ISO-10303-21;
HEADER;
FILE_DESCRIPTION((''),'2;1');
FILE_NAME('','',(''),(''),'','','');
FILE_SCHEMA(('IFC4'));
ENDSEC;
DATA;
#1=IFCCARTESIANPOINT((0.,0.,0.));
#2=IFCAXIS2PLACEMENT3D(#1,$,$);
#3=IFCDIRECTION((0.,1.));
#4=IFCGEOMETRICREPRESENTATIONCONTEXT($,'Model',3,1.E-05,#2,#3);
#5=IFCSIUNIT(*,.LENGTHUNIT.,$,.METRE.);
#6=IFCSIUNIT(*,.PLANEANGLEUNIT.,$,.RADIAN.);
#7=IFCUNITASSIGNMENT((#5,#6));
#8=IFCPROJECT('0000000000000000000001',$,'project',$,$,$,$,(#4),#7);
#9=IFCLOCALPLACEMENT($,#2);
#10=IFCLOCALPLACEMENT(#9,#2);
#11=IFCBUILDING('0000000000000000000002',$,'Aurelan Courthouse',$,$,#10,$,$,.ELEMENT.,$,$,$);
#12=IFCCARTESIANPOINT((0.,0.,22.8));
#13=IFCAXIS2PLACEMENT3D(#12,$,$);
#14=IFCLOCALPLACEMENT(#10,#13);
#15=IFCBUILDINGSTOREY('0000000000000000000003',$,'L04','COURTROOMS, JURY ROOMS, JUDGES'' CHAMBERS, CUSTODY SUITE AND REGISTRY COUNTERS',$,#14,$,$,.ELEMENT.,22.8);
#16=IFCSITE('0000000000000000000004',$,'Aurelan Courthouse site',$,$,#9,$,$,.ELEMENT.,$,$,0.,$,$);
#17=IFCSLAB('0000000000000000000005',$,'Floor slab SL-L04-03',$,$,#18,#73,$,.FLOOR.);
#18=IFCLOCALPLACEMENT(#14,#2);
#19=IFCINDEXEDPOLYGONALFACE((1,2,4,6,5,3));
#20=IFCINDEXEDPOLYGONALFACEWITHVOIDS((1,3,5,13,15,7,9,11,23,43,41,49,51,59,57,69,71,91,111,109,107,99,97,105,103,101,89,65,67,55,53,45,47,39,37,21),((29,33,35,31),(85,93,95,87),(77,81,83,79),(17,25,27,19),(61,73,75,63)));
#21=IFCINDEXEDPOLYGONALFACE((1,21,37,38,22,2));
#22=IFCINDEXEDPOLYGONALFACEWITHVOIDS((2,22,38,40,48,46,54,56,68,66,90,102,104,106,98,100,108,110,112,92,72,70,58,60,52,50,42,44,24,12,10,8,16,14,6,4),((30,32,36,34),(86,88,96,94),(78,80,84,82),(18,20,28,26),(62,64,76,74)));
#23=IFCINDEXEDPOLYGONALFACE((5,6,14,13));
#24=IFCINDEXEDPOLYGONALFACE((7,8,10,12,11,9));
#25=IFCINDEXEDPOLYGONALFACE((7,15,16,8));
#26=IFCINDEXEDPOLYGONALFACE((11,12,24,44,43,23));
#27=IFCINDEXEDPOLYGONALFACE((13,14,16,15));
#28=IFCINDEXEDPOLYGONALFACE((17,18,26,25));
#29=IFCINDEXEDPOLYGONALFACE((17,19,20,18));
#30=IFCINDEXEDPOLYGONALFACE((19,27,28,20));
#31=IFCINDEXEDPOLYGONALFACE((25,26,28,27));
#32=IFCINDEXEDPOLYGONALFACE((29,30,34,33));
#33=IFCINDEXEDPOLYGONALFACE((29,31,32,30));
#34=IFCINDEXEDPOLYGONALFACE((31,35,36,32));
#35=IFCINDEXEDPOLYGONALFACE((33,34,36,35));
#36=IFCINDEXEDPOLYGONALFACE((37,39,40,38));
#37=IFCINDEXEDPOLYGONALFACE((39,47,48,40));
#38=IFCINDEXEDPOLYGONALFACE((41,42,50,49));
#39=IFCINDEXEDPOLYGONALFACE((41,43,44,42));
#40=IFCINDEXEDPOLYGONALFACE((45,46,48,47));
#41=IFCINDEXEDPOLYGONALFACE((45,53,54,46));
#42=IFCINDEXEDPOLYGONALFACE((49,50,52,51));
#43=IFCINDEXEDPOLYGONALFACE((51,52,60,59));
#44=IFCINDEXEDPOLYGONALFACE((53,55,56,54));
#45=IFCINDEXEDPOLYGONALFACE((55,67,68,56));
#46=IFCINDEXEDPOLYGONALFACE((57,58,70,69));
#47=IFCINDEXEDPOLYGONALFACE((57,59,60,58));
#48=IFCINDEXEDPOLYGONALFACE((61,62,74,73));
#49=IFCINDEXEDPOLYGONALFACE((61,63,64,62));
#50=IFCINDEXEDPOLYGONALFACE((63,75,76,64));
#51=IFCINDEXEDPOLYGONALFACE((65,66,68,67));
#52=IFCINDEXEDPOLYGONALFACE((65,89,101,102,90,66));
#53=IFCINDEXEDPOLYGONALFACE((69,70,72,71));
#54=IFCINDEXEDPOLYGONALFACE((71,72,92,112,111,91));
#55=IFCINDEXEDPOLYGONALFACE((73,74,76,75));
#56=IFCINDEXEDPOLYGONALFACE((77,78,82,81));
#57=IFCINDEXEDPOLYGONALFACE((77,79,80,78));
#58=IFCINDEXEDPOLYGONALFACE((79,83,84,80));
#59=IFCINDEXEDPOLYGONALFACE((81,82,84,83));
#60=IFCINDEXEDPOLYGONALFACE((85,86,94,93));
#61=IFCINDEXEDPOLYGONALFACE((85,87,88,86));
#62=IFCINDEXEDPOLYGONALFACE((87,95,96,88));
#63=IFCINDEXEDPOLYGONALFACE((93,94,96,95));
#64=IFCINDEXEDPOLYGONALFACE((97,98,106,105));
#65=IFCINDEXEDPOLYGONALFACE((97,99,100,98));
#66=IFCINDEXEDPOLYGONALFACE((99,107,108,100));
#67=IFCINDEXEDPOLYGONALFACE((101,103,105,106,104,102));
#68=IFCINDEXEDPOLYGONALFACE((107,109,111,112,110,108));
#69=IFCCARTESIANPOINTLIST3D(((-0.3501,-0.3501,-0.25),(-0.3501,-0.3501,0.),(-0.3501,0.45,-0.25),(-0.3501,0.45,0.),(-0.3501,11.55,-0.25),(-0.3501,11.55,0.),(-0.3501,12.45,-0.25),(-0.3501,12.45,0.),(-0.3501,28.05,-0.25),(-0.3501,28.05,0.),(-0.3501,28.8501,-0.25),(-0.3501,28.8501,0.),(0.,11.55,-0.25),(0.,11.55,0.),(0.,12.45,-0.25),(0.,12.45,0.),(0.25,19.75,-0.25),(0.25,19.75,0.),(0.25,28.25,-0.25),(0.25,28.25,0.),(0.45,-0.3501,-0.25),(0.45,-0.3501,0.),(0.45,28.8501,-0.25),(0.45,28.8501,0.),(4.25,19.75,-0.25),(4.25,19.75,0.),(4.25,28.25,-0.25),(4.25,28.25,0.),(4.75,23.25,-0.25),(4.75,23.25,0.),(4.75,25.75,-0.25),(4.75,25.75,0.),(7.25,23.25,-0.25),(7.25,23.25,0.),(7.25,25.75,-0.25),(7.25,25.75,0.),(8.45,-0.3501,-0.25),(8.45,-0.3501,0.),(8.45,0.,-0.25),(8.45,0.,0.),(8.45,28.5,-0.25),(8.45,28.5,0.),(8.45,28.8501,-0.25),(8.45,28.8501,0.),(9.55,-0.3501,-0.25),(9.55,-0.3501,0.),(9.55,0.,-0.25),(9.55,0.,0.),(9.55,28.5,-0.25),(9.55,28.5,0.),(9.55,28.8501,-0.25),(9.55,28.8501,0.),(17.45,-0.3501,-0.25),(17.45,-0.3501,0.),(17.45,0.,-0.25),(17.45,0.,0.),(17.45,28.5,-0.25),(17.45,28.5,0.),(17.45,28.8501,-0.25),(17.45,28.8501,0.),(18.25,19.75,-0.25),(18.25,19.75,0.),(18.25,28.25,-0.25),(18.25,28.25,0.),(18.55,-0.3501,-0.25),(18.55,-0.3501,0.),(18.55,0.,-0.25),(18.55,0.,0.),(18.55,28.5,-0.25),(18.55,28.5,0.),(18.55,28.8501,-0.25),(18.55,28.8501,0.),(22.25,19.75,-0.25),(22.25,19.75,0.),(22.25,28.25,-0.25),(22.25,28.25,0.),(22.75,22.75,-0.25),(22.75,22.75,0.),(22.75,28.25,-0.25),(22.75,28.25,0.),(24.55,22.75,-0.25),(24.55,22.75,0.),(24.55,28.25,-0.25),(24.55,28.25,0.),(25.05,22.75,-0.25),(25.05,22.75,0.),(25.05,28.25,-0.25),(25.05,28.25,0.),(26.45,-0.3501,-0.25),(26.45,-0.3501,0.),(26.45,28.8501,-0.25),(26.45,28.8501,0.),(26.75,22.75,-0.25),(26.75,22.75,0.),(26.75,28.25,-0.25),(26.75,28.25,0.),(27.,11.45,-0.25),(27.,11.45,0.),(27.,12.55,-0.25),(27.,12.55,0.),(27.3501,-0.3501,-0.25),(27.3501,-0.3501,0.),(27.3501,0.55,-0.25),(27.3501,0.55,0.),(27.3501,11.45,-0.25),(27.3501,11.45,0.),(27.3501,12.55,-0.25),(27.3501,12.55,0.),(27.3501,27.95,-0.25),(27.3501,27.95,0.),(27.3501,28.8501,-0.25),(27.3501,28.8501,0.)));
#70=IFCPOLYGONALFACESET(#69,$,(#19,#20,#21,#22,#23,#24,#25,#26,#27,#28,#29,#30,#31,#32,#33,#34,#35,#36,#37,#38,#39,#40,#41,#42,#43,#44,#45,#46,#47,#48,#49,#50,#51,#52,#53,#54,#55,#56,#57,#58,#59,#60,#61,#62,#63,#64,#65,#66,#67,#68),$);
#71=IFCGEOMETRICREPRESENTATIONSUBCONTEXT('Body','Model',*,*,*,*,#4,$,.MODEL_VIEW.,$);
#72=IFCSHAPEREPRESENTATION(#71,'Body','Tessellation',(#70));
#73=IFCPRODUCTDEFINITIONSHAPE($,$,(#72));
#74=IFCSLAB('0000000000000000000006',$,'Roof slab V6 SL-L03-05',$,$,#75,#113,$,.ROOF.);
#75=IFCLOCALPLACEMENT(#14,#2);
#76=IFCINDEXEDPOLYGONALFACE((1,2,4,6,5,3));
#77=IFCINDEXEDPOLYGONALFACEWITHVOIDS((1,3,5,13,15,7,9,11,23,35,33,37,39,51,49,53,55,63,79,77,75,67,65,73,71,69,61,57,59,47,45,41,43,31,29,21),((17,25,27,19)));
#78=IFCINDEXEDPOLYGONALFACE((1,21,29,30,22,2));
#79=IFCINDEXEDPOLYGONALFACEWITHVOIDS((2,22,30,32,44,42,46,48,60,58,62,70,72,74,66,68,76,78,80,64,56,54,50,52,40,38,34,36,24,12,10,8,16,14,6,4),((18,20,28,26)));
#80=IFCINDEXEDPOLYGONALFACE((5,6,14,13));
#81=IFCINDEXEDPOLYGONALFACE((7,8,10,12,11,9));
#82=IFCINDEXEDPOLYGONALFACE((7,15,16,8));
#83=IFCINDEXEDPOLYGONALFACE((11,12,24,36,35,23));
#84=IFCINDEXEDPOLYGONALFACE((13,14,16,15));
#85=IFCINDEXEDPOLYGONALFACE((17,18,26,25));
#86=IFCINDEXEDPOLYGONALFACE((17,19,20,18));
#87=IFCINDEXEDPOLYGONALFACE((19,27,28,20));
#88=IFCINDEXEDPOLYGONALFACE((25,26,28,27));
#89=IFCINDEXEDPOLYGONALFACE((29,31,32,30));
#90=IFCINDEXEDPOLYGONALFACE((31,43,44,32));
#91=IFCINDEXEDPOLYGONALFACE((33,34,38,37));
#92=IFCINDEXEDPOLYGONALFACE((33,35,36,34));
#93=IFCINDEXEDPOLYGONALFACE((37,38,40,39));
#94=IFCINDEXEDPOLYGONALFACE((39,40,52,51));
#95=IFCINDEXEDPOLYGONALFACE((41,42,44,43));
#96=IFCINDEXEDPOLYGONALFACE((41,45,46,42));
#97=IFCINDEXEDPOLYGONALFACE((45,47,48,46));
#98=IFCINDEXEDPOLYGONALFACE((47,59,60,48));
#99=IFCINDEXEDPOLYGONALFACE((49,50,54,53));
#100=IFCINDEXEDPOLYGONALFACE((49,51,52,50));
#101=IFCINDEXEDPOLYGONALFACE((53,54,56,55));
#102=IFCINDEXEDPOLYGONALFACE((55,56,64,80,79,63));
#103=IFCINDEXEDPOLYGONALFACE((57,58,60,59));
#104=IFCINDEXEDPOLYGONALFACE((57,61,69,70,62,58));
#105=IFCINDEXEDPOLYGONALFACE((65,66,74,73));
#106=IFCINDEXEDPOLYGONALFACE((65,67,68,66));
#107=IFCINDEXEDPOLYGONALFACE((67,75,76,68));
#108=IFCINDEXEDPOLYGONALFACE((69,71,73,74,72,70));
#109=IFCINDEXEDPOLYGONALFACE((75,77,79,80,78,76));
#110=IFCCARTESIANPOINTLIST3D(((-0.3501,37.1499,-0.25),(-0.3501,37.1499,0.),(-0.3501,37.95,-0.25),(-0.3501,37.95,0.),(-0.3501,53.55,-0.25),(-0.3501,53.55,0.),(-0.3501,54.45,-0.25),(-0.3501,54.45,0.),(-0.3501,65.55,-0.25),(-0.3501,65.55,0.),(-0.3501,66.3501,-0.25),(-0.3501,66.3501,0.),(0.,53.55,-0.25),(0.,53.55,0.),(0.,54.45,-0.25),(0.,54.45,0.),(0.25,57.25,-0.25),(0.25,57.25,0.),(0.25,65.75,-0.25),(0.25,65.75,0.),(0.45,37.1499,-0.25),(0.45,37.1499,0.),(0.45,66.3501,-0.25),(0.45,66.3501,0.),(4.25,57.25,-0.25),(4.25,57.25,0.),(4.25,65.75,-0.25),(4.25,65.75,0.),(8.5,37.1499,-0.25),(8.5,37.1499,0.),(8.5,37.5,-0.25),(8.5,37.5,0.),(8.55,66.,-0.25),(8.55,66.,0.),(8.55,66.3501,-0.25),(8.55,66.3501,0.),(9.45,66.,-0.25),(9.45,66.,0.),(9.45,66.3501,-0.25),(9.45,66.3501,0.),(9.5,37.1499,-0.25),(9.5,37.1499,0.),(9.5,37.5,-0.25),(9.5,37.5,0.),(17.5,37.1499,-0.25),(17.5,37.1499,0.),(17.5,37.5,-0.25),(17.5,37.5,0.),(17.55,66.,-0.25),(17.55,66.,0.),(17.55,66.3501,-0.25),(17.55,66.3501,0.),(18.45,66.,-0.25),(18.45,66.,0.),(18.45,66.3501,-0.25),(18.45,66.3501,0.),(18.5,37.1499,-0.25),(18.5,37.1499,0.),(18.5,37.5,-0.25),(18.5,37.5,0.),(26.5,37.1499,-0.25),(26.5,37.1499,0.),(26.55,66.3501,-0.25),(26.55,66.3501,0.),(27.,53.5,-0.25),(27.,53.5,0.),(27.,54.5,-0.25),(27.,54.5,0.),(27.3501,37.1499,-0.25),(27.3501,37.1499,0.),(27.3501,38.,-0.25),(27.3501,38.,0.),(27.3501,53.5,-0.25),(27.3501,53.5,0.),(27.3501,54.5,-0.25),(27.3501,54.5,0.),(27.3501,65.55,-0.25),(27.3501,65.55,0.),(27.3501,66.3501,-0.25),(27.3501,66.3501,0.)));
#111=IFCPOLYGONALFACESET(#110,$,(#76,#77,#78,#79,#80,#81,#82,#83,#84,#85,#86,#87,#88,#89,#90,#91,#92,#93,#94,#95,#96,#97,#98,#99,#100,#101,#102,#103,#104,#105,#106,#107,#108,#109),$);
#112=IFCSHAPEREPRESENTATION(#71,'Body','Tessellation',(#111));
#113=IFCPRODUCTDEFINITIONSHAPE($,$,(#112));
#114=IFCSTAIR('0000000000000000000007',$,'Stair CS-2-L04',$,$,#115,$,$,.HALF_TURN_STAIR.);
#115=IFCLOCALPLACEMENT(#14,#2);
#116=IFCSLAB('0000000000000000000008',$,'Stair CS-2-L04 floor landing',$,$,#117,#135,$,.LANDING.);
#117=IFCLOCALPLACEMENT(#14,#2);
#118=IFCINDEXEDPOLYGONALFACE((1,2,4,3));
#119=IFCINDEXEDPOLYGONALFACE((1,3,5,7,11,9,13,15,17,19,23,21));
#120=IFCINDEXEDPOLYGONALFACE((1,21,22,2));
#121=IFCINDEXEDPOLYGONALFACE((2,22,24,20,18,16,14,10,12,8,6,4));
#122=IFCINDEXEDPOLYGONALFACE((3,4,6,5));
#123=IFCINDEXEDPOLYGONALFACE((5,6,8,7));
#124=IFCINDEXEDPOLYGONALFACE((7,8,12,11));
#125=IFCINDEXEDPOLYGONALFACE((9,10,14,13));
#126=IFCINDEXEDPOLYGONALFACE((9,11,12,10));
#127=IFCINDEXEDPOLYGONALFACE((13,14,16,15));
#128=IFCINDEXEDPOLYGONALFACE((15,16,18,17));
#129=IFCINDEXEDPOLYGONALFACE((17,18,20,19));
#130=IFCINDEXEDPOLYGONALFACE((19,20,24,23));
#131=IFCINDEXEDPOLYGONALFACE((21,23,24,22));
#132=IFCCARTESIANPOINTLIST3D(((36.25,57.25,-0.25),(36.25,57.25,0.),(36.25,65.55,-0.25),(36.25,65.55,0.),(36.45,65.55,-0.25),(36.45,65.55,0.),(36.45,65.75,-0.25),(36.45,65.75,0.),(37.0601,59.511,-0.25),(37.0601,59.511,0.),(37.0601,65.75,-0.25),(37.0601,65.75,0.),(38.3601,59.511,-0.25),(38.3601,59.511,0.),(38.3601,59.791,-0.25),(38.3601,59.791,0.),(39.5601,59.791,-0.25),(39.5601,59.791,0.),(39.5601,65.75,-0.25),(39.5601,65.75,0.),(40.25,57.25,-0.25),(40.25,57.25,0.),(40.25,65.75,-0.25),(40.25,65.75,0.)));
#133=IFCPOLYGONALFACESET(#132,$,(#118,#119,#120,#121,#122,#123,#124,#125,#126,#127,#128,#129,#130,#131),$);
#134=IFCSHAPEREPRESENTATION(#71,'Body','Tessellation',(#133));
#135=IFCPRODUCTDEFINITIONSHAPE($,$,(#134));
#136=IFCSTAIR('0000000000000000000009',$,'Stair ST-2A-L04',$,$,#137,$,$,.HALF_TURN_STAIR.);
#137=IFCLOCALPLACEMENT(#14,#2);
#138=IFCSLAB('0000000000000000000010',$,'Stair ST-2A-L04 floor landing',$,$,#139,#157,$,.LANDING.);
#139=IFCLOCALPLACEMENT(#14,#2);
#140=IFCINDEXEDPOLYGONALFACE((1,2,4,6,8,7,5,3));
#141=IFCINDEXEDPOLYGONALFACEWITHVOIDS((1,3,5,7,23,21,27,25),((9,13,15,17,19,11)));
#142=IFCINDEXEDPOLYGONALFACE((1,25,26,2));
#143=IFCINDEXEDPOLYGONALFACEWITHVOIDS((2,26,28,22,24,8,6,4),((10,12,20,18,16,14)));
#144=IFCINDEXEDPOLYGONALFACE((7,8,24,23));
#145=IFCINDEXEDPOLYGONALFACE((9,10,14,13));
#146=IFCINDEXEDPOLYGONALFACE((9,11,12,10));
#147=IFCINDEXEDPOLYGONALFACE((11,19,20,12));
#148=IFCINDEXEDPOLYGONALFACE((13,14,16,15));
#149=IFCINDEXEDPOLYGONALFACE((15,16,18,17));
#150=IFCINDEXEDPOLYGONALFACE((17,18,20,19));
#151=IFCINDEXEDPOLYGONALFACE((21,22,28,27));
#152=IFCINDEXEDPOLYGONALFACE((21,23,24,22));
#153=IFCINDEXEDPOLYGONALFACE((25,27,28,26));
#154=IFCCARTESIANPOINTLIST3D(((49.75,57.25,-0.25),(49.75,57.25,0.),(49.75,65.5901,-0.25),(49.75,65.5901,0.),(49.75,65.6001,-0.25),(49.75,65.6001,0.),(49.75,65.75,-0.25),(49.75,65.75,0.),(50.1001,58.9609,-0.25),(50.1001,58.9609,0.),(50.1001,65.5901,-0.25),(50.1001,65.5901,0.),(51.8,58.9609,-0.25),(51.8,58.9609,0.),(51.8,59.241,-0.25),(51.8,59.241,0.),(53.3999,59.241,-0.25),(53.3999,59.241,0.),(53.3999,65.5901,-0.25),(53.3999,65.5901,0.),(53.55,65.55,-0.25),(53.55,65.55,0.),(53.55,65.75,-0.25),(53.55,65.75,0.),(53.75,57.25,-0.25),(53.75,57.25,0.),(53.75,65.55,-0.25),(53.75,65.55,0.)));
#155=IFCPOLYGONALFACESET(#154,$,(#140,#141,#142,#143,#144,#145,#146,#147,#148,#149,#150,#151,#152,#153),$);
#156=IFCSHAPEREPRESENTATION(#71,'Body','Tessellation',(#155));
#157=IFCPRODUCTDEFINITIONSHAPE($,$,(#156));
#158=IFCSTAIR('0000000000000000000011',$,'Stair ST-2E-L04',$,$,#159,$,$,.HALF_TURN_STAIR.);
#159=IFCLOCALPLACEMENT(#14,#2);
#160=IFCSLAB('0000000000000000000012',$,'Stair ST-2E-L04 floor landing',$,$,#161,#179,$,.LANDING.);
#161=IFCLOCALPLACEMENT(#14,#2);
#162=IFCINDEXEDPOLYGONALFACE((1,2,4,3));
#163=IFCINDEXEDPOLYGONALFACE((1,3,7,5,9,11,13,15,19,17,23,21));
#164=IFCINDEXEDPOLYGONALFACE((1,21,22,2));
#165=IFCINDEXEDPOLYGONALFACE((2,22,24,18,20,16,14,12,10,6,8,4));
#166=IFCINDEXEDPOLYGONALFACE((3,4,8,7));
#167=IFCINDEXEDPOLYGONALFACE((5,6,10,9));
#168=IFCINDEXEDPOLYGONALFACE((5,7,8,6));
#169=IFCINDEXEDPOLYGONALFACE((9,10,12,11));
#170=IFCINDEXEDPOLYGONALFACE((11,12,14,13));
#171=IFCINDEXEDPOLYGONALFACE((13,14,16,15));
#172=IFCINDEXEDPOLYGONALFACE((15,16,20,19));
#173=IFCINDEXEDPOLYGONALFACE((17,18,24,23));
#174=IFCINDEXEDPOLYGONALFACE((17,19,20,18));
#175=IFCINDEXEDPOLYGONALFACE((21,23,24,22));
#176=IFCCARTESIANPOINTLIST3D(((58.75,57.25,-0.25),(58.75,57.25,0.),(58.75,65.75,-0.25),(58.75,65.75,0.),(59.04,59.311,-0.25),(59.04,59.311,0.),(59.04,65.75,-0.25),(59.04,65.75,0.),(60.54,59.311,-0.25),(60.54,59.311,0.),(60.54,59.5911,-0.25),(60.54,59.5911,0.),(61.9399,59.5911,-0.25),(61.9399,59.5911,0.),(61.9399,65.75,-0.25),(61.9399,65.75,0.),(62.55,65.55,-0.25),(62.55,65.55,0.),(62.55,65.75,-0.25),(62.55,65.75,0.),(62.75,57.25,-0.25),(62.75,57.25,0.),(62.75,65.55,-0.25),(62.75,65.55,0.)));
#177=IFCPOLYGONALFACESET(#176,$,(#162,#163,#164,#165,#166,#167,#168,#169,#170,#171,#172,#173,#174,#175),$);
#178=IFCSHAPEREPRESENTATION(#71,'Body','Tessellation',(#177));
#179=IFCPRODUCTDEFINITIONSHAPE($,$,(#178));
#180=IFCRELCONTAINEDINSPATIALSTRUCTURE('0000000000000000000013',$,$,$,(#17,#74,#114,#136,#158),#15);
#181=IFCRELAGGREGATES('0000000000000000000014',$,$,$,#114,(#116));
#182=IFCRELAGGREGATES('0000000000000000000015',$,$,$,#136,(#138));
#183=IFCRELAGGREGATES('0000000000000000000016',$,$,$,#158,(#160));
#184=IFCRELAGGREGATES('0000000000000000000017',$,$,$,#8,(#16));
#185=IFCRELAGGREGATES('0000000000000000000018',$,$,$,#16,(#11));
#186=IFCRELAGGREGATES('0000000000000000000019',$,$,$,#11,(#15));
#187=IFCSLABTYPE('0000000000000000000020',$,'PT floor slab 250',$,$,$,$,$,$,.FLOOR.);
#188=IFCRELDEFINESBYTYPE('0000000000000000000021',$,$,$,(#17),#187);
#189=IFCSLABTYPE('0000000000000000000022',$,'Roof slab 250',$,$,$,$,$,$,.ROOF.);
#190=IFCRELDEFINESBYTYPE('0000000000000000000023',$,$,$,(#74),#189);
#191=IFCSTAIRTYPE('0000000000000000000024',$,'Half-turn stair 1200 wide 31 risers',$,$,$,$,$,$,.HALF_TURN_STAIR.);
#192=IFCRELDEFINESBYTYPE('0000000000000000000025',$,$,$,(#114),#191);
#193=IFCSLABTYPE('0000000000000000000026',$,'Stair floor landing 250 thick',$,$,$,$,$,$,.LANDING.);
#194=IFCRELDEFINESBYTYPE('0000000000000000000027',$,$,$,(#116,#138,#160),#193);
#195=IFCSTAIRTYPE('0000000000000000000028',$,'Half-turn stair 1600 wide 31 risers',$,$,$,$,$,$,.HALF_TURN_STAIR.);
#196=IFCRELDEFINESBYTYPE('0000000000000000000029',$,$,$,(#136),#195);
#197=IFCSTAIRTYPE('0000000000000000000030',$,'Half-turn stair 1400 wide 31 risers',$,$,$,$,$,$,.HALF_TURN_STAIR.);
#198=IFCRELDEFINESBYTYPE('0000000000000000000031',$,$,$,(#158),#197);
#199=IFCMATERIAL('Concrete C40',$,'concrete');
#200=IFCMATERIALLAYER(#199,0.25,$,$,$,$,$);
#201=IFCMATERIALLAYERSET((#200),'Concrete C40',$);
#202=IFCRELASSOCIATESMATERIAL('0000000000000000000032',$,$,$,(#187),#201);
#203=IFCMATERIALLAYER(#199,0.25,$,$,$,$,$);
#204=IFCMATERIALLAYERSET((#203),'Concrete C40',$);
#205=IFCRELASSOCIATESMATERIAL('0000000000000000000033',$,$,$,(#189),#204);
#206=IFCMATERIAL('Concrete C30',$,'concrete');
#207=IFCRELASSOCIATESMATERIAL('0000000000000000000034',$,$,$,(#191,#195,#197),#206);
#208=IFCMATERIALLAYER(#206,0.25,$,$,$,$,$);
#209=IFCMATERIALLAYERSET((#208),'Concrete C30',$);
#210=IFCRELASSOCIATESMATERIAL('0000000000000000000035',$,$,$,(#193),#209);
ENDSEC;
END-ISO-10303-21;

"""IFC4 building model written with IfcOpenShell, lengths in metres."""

from ifc_helpers import new_model, si_unit, direction, frame, origin, place, context, subcontext, project, spatial, polyline, outline, extrude, material, layer, layer_set, type_object, element, aggregate, save


model = new_model("IFC4")

# Units and contexts
model_context = context("Model", 3, precision=1e-05, world=origin(), true_north=direction((0.0, 1.0)))
body_context = subcontext(model_context, "Body", "Model", "MODEL_VIEW")
ifc_project = project(units=[si_unit("LENGTHUNIT", "METRE"), si_unit("PLANEANGLEUNIT", "RADIAN")], contexts=[model_context])

# Site, building, storey
site_placement = place(None, origin())
site = spatial("IfcSite", under=ifc_project, at=site_placement, Name="Aurelan Courthouse site", CompositionType="ELEMENT", RefElevation=0.0)
building_placement = place(site_placement, origin())
building = spatial("IfcBuilding", under=site, at=building_placement, Name="Aurelan Courthouse", CompositionType="ELEMENT")
storey_placement = place(building_placement, frame((0.0, 0.0, 22.8)))
storey = spatial("IfcBuildingStorey", under=building, at=storey_placement, Name="L04", Description="COURTROOMS, JURY ROOMS, JUDGES' CHAMBERS, CUSTODY SUITE AND REGISTRY COUNTERS", CompositionType="ELEMENT", Elevation=22.8)

# Slabs
ifc_material_1 = material(Name="Concrete C30", Category="concrete")
ifc_material_2 = material(Name="Concrete C40", Category="concrete")
ifc_layer_1 = layer(ifc_material_2, 0.25)
ifc_layer_set_1 = layer_set([ifc_layer_1], Name="Concrete C40")
slab_type_1 = type_object("IfcSlabType", Name="PT floor slab 250", PredefinedType="FLOOR", material=ifc_layer_set_1)
slab_1_placement = place(storey_placement, frame((0.0, 0.0, -0.25)))
element("IfcSlab", 1, at=slab_1_placement, inside=storey, type_object=slab_type_1, Name="Floor slab SL-L04-03", PredefinedType="FLOOR", context=body_context, shape_type="SweptSolid", body=[
    extrude(outline(polyline([(0.0, 12.45), (0.0, 11.55), (-0.3501, 11.55), (-0.3501, 0.45), (-0.3501, -0.3501), (0.45, -0.3501), (8.45, -0.3501), (8.45, 0.0), (9.55, 0.0), (9.55, -0.3501), (17.45, -0.3501), (17.45, 0.0), (18.55, 0.0), (18.55, -0.3501), (26.45, -0.3501), (27.3501, -0.3501), (27.3501, 0.55), (27.3501, 11.45), (27.0, 11.45), (27.0, 12.55), (27.3501, 12.55), (27.3501, 27.95), (27.3501, 28.8501), (26.45, 28.8501), (18.55, 28.8501), (18.55, 28.5), (17.45, 28.5), (17.45, 28.8501), (9.55, 28.8501), (9.55, 28.5), (8.45, 28.5), (8.45, 28.8501), (0.45, 28.8501), (-0.3501, 28.8501), (-0.3501, 28.05), (-0.3501, 12.45), (0.0, 12.45)]), holes=[polyline([(26.75, 28.25), (26.75, 22.75), (25.05, 22.75), (25.05, 28.25), (26.75, 28.25)]), polyline([(22.75, 28.25), (24.55, 28.25), (24.55, 22.75), (22.75, 22.75), (22.75, 28.25)]), polyline([(22.25, 28.25), (22.25, 19.75), (18.25, 19.75), (18.25, 28.25), (22.25, 28.25)]), polyline([(4.75, 23.25), (4.75, 25.75), (7.25, 25.75), (7.25, 23.25), (4.75, 23.25)]), polyline([(4.25, 19.75), (0.25, 19.75), (0.25, 28.25), (4.25, 28.25), (4.25, 19.75)])]), origin(), (0.0, 0.0, 1.0), 0.25),
])
ifc_layer_2 = layer(ifc_material_2, 0.25)
ifc_layer_set_2 = layer_set([ifc_layer_2], Name="Concrete C40")
slab_type_2 = type_object("IfcSlabType", Name="Roof slab 250", PredefinedType="ROOF", material=ifc_layer_set_2)
slab_2_placement = place(storey_placement, frame((0.0, 0.0, -0.25)))
element("IfcSlab", 2, at=slab_2_placement, inside=storey, type_object=slab_type_2, Name="Roof slab V6 SL-L03-05", PredefinedType="ROOF", context=body_context, shape_type="SweptSolid", body=[
    extrude(outline(polyline([(-0.3501, 37.1499), (0.45, 37.1499), (8.5, 37.1499), (8.5, 37.5), (9.5, 37.5), (9.5, 37.1499), (17.5, 37.1499), (17.5, 37.5), (18.5, 37.5), (18.5, 37.1499), (26.5, 37.1499), (27.3501, 37.1499), (27.3501, 38.0), (27.3501, 53.5), (27.0, 53.5), (27.0, 54.5), (27.3501, 54.5), (27.3501, 65.55), (27.3501, 66.3501), (26.55, 66.3501), (18.45, 66.3501), (18.45, 66.0), (17.55, 66.0), (17.55, 66.3501), (9.45, 66.3501), (9.45, 66.0), (8.55, 66.0), (8.55, 66.3501), (0.45, 66.3501), (-0.3501, 66.3501), (-0.3501, 65.55), (-0.3501, 54.45), (0.0, 54.45), (0.0, 53.55), (-0.3501, 53.55), (-0.3501, 37.95), (-0.3501, 37.1499)]), holes=[polyline([(4.25, 65.75), (4.25, 57.25), (0.25, 57.25), (0.25, 65.75), (4.25, 65.75)])]), origin(), (0.0, 0.0, 1.0), 0.25),
])

# Stairs, slabs
stair_type_1 = type_object("IfcStairType", Name="Half-turn stair 1200 wide 31 risers", PredefinedType="HALF_TURN_STAIR", material=ifc_material_1)
stair_1_placement = place(storey_placement, origin())
stair_1 = element("IfcStair", 3, at=stair_1_placement, inside=storey, type_object=stair_type_1, Name="Stair CS-2-L04", PredefinedType="HALF_TURN_STAIR")
ifc_layer_3 = layer(ifc_material_1, 0.25)
ifc_layer_set_3 = layer_set([ifc_layer_3], Name="Concrete C30")
slab_type_3 = type_object("IfcSlabType", Name="Stair floor landing 250 thick", PredefinedType="LANDING", material=ifc_layer_set_3)
slab_3_placement = place(storey_placement, frame((0.0, 0.0, -0.25)))
slab_3 = element("IfcSlab", 4, at=slab_3_placement, type_object=slab_type_3, Name="Stair CS-2-L04 floor landing", PredefinedType="LANDING", context=body_context, shape_type="SweptSolid", body=[
    extrude(outline(polyline([(37.0601, 59.511), (38.3601, 59.511), (38.3601, 59.791), (39.5601, 59.791), (39.5601, 65.75), (40.25, 65.75), (40.25, 57.25), (36.25, 57.25), (36.25, 65.55), (36.45, 65.55), (36.45, 65.75), (37.0601, 65.75), (37.0601, 59.511)])), origin(), (0.0, 0.0, 1.0), 0.25),
])
aggregate(stair_1, [slab_3])
stair_type_2 = type_object("IfcStairType", Name="Half-turn stair 1600 wide 31 risers", PredefinedType="HALF_TURN_STAIR", material=ifc_material_1)
stair_2_placement = place(storey_placement, origin())
stair_2 = element("IfcStair", 5, at=stair_2_placement, inside=storey, type_object=stair_type_2, Name="Stair ST-2A-L04", PredefinedType="HALF_TURN_STAIR")
slab_4_placement = place(storey_placement, frame((0.0, 0.0, -0.25)))
slab_4 = element("IfcSlab", 6, at=slab_4_placement, type_object=slab_type_3, Name="Stair ST-2A-L04 floor landing", PredefinedType="LANDING", context=body_context, shape_type="SweptSolid", body=[
    extrude(outline(polyline([(53.75, 57.25), (49.75, 57.25), (49.75, 65.5901), (49.75, 65.6001), (49.75, 65.75), (53.55, 65.75), (53.55, 65.55), (53.75, 65.55), (53.75, 57.25)]), holes=[polyline([(51.8, 58.9609), (51.8, 59.241), (53.3999, 59.241), (53.3999, 65.5901), (50.1001, 65.5901), (50.1001, 58.9609), (51.8, 58.9609)])]), origin(), (0.0, 0.0, 1.0), 0.25),
])
aggregate(stair_2, [slab_4])
stair_type_3 = type_object("IfcStairType", Name="Half-turn stair 1400 wide 31 risers", PredefinedType="HALF_TURN_STAIR", material=ifc_material_1)
stair_3_placement = place(storey_placement, origin())
stair_3 = element("IfcStair", 7, at=stair_3_placement, inside=storey, type_object=stair_type_3, Name="Stair ST-2E-L04", PredefinedType="HALF_TURN_STAIR")
slab_5_placement = place(storey_placement, frame((0.0, 0.0, -0.25)))
slab_5 = element("IfcSlab", 8, at=slab_5_placement, type_object=slab_type_3, Name="Stair ST-2E-L04 floor landing", PredefinedType="LANDING", context=body_context, shape_type="SweptSolid", body=[
    extrude(outline(polyline([(59.04, 59.311), (60.54, 59.311), (60.54, 59.5911), (61.9399, 59.5911), (61.9399, 65.75), (62.55, 65.75), (62.55, 65.55), (62.75, 65.55), (62.75, 57.25), (58.75, 57.25), (58.75, 65.75), (59.04, 65.75), (59.04, 59.311)])), origin(), (0.0, 0.0, 1.0), 0.25),
])
aggregate(stair_3, [slab_5])

save(model, "model.ifc")
